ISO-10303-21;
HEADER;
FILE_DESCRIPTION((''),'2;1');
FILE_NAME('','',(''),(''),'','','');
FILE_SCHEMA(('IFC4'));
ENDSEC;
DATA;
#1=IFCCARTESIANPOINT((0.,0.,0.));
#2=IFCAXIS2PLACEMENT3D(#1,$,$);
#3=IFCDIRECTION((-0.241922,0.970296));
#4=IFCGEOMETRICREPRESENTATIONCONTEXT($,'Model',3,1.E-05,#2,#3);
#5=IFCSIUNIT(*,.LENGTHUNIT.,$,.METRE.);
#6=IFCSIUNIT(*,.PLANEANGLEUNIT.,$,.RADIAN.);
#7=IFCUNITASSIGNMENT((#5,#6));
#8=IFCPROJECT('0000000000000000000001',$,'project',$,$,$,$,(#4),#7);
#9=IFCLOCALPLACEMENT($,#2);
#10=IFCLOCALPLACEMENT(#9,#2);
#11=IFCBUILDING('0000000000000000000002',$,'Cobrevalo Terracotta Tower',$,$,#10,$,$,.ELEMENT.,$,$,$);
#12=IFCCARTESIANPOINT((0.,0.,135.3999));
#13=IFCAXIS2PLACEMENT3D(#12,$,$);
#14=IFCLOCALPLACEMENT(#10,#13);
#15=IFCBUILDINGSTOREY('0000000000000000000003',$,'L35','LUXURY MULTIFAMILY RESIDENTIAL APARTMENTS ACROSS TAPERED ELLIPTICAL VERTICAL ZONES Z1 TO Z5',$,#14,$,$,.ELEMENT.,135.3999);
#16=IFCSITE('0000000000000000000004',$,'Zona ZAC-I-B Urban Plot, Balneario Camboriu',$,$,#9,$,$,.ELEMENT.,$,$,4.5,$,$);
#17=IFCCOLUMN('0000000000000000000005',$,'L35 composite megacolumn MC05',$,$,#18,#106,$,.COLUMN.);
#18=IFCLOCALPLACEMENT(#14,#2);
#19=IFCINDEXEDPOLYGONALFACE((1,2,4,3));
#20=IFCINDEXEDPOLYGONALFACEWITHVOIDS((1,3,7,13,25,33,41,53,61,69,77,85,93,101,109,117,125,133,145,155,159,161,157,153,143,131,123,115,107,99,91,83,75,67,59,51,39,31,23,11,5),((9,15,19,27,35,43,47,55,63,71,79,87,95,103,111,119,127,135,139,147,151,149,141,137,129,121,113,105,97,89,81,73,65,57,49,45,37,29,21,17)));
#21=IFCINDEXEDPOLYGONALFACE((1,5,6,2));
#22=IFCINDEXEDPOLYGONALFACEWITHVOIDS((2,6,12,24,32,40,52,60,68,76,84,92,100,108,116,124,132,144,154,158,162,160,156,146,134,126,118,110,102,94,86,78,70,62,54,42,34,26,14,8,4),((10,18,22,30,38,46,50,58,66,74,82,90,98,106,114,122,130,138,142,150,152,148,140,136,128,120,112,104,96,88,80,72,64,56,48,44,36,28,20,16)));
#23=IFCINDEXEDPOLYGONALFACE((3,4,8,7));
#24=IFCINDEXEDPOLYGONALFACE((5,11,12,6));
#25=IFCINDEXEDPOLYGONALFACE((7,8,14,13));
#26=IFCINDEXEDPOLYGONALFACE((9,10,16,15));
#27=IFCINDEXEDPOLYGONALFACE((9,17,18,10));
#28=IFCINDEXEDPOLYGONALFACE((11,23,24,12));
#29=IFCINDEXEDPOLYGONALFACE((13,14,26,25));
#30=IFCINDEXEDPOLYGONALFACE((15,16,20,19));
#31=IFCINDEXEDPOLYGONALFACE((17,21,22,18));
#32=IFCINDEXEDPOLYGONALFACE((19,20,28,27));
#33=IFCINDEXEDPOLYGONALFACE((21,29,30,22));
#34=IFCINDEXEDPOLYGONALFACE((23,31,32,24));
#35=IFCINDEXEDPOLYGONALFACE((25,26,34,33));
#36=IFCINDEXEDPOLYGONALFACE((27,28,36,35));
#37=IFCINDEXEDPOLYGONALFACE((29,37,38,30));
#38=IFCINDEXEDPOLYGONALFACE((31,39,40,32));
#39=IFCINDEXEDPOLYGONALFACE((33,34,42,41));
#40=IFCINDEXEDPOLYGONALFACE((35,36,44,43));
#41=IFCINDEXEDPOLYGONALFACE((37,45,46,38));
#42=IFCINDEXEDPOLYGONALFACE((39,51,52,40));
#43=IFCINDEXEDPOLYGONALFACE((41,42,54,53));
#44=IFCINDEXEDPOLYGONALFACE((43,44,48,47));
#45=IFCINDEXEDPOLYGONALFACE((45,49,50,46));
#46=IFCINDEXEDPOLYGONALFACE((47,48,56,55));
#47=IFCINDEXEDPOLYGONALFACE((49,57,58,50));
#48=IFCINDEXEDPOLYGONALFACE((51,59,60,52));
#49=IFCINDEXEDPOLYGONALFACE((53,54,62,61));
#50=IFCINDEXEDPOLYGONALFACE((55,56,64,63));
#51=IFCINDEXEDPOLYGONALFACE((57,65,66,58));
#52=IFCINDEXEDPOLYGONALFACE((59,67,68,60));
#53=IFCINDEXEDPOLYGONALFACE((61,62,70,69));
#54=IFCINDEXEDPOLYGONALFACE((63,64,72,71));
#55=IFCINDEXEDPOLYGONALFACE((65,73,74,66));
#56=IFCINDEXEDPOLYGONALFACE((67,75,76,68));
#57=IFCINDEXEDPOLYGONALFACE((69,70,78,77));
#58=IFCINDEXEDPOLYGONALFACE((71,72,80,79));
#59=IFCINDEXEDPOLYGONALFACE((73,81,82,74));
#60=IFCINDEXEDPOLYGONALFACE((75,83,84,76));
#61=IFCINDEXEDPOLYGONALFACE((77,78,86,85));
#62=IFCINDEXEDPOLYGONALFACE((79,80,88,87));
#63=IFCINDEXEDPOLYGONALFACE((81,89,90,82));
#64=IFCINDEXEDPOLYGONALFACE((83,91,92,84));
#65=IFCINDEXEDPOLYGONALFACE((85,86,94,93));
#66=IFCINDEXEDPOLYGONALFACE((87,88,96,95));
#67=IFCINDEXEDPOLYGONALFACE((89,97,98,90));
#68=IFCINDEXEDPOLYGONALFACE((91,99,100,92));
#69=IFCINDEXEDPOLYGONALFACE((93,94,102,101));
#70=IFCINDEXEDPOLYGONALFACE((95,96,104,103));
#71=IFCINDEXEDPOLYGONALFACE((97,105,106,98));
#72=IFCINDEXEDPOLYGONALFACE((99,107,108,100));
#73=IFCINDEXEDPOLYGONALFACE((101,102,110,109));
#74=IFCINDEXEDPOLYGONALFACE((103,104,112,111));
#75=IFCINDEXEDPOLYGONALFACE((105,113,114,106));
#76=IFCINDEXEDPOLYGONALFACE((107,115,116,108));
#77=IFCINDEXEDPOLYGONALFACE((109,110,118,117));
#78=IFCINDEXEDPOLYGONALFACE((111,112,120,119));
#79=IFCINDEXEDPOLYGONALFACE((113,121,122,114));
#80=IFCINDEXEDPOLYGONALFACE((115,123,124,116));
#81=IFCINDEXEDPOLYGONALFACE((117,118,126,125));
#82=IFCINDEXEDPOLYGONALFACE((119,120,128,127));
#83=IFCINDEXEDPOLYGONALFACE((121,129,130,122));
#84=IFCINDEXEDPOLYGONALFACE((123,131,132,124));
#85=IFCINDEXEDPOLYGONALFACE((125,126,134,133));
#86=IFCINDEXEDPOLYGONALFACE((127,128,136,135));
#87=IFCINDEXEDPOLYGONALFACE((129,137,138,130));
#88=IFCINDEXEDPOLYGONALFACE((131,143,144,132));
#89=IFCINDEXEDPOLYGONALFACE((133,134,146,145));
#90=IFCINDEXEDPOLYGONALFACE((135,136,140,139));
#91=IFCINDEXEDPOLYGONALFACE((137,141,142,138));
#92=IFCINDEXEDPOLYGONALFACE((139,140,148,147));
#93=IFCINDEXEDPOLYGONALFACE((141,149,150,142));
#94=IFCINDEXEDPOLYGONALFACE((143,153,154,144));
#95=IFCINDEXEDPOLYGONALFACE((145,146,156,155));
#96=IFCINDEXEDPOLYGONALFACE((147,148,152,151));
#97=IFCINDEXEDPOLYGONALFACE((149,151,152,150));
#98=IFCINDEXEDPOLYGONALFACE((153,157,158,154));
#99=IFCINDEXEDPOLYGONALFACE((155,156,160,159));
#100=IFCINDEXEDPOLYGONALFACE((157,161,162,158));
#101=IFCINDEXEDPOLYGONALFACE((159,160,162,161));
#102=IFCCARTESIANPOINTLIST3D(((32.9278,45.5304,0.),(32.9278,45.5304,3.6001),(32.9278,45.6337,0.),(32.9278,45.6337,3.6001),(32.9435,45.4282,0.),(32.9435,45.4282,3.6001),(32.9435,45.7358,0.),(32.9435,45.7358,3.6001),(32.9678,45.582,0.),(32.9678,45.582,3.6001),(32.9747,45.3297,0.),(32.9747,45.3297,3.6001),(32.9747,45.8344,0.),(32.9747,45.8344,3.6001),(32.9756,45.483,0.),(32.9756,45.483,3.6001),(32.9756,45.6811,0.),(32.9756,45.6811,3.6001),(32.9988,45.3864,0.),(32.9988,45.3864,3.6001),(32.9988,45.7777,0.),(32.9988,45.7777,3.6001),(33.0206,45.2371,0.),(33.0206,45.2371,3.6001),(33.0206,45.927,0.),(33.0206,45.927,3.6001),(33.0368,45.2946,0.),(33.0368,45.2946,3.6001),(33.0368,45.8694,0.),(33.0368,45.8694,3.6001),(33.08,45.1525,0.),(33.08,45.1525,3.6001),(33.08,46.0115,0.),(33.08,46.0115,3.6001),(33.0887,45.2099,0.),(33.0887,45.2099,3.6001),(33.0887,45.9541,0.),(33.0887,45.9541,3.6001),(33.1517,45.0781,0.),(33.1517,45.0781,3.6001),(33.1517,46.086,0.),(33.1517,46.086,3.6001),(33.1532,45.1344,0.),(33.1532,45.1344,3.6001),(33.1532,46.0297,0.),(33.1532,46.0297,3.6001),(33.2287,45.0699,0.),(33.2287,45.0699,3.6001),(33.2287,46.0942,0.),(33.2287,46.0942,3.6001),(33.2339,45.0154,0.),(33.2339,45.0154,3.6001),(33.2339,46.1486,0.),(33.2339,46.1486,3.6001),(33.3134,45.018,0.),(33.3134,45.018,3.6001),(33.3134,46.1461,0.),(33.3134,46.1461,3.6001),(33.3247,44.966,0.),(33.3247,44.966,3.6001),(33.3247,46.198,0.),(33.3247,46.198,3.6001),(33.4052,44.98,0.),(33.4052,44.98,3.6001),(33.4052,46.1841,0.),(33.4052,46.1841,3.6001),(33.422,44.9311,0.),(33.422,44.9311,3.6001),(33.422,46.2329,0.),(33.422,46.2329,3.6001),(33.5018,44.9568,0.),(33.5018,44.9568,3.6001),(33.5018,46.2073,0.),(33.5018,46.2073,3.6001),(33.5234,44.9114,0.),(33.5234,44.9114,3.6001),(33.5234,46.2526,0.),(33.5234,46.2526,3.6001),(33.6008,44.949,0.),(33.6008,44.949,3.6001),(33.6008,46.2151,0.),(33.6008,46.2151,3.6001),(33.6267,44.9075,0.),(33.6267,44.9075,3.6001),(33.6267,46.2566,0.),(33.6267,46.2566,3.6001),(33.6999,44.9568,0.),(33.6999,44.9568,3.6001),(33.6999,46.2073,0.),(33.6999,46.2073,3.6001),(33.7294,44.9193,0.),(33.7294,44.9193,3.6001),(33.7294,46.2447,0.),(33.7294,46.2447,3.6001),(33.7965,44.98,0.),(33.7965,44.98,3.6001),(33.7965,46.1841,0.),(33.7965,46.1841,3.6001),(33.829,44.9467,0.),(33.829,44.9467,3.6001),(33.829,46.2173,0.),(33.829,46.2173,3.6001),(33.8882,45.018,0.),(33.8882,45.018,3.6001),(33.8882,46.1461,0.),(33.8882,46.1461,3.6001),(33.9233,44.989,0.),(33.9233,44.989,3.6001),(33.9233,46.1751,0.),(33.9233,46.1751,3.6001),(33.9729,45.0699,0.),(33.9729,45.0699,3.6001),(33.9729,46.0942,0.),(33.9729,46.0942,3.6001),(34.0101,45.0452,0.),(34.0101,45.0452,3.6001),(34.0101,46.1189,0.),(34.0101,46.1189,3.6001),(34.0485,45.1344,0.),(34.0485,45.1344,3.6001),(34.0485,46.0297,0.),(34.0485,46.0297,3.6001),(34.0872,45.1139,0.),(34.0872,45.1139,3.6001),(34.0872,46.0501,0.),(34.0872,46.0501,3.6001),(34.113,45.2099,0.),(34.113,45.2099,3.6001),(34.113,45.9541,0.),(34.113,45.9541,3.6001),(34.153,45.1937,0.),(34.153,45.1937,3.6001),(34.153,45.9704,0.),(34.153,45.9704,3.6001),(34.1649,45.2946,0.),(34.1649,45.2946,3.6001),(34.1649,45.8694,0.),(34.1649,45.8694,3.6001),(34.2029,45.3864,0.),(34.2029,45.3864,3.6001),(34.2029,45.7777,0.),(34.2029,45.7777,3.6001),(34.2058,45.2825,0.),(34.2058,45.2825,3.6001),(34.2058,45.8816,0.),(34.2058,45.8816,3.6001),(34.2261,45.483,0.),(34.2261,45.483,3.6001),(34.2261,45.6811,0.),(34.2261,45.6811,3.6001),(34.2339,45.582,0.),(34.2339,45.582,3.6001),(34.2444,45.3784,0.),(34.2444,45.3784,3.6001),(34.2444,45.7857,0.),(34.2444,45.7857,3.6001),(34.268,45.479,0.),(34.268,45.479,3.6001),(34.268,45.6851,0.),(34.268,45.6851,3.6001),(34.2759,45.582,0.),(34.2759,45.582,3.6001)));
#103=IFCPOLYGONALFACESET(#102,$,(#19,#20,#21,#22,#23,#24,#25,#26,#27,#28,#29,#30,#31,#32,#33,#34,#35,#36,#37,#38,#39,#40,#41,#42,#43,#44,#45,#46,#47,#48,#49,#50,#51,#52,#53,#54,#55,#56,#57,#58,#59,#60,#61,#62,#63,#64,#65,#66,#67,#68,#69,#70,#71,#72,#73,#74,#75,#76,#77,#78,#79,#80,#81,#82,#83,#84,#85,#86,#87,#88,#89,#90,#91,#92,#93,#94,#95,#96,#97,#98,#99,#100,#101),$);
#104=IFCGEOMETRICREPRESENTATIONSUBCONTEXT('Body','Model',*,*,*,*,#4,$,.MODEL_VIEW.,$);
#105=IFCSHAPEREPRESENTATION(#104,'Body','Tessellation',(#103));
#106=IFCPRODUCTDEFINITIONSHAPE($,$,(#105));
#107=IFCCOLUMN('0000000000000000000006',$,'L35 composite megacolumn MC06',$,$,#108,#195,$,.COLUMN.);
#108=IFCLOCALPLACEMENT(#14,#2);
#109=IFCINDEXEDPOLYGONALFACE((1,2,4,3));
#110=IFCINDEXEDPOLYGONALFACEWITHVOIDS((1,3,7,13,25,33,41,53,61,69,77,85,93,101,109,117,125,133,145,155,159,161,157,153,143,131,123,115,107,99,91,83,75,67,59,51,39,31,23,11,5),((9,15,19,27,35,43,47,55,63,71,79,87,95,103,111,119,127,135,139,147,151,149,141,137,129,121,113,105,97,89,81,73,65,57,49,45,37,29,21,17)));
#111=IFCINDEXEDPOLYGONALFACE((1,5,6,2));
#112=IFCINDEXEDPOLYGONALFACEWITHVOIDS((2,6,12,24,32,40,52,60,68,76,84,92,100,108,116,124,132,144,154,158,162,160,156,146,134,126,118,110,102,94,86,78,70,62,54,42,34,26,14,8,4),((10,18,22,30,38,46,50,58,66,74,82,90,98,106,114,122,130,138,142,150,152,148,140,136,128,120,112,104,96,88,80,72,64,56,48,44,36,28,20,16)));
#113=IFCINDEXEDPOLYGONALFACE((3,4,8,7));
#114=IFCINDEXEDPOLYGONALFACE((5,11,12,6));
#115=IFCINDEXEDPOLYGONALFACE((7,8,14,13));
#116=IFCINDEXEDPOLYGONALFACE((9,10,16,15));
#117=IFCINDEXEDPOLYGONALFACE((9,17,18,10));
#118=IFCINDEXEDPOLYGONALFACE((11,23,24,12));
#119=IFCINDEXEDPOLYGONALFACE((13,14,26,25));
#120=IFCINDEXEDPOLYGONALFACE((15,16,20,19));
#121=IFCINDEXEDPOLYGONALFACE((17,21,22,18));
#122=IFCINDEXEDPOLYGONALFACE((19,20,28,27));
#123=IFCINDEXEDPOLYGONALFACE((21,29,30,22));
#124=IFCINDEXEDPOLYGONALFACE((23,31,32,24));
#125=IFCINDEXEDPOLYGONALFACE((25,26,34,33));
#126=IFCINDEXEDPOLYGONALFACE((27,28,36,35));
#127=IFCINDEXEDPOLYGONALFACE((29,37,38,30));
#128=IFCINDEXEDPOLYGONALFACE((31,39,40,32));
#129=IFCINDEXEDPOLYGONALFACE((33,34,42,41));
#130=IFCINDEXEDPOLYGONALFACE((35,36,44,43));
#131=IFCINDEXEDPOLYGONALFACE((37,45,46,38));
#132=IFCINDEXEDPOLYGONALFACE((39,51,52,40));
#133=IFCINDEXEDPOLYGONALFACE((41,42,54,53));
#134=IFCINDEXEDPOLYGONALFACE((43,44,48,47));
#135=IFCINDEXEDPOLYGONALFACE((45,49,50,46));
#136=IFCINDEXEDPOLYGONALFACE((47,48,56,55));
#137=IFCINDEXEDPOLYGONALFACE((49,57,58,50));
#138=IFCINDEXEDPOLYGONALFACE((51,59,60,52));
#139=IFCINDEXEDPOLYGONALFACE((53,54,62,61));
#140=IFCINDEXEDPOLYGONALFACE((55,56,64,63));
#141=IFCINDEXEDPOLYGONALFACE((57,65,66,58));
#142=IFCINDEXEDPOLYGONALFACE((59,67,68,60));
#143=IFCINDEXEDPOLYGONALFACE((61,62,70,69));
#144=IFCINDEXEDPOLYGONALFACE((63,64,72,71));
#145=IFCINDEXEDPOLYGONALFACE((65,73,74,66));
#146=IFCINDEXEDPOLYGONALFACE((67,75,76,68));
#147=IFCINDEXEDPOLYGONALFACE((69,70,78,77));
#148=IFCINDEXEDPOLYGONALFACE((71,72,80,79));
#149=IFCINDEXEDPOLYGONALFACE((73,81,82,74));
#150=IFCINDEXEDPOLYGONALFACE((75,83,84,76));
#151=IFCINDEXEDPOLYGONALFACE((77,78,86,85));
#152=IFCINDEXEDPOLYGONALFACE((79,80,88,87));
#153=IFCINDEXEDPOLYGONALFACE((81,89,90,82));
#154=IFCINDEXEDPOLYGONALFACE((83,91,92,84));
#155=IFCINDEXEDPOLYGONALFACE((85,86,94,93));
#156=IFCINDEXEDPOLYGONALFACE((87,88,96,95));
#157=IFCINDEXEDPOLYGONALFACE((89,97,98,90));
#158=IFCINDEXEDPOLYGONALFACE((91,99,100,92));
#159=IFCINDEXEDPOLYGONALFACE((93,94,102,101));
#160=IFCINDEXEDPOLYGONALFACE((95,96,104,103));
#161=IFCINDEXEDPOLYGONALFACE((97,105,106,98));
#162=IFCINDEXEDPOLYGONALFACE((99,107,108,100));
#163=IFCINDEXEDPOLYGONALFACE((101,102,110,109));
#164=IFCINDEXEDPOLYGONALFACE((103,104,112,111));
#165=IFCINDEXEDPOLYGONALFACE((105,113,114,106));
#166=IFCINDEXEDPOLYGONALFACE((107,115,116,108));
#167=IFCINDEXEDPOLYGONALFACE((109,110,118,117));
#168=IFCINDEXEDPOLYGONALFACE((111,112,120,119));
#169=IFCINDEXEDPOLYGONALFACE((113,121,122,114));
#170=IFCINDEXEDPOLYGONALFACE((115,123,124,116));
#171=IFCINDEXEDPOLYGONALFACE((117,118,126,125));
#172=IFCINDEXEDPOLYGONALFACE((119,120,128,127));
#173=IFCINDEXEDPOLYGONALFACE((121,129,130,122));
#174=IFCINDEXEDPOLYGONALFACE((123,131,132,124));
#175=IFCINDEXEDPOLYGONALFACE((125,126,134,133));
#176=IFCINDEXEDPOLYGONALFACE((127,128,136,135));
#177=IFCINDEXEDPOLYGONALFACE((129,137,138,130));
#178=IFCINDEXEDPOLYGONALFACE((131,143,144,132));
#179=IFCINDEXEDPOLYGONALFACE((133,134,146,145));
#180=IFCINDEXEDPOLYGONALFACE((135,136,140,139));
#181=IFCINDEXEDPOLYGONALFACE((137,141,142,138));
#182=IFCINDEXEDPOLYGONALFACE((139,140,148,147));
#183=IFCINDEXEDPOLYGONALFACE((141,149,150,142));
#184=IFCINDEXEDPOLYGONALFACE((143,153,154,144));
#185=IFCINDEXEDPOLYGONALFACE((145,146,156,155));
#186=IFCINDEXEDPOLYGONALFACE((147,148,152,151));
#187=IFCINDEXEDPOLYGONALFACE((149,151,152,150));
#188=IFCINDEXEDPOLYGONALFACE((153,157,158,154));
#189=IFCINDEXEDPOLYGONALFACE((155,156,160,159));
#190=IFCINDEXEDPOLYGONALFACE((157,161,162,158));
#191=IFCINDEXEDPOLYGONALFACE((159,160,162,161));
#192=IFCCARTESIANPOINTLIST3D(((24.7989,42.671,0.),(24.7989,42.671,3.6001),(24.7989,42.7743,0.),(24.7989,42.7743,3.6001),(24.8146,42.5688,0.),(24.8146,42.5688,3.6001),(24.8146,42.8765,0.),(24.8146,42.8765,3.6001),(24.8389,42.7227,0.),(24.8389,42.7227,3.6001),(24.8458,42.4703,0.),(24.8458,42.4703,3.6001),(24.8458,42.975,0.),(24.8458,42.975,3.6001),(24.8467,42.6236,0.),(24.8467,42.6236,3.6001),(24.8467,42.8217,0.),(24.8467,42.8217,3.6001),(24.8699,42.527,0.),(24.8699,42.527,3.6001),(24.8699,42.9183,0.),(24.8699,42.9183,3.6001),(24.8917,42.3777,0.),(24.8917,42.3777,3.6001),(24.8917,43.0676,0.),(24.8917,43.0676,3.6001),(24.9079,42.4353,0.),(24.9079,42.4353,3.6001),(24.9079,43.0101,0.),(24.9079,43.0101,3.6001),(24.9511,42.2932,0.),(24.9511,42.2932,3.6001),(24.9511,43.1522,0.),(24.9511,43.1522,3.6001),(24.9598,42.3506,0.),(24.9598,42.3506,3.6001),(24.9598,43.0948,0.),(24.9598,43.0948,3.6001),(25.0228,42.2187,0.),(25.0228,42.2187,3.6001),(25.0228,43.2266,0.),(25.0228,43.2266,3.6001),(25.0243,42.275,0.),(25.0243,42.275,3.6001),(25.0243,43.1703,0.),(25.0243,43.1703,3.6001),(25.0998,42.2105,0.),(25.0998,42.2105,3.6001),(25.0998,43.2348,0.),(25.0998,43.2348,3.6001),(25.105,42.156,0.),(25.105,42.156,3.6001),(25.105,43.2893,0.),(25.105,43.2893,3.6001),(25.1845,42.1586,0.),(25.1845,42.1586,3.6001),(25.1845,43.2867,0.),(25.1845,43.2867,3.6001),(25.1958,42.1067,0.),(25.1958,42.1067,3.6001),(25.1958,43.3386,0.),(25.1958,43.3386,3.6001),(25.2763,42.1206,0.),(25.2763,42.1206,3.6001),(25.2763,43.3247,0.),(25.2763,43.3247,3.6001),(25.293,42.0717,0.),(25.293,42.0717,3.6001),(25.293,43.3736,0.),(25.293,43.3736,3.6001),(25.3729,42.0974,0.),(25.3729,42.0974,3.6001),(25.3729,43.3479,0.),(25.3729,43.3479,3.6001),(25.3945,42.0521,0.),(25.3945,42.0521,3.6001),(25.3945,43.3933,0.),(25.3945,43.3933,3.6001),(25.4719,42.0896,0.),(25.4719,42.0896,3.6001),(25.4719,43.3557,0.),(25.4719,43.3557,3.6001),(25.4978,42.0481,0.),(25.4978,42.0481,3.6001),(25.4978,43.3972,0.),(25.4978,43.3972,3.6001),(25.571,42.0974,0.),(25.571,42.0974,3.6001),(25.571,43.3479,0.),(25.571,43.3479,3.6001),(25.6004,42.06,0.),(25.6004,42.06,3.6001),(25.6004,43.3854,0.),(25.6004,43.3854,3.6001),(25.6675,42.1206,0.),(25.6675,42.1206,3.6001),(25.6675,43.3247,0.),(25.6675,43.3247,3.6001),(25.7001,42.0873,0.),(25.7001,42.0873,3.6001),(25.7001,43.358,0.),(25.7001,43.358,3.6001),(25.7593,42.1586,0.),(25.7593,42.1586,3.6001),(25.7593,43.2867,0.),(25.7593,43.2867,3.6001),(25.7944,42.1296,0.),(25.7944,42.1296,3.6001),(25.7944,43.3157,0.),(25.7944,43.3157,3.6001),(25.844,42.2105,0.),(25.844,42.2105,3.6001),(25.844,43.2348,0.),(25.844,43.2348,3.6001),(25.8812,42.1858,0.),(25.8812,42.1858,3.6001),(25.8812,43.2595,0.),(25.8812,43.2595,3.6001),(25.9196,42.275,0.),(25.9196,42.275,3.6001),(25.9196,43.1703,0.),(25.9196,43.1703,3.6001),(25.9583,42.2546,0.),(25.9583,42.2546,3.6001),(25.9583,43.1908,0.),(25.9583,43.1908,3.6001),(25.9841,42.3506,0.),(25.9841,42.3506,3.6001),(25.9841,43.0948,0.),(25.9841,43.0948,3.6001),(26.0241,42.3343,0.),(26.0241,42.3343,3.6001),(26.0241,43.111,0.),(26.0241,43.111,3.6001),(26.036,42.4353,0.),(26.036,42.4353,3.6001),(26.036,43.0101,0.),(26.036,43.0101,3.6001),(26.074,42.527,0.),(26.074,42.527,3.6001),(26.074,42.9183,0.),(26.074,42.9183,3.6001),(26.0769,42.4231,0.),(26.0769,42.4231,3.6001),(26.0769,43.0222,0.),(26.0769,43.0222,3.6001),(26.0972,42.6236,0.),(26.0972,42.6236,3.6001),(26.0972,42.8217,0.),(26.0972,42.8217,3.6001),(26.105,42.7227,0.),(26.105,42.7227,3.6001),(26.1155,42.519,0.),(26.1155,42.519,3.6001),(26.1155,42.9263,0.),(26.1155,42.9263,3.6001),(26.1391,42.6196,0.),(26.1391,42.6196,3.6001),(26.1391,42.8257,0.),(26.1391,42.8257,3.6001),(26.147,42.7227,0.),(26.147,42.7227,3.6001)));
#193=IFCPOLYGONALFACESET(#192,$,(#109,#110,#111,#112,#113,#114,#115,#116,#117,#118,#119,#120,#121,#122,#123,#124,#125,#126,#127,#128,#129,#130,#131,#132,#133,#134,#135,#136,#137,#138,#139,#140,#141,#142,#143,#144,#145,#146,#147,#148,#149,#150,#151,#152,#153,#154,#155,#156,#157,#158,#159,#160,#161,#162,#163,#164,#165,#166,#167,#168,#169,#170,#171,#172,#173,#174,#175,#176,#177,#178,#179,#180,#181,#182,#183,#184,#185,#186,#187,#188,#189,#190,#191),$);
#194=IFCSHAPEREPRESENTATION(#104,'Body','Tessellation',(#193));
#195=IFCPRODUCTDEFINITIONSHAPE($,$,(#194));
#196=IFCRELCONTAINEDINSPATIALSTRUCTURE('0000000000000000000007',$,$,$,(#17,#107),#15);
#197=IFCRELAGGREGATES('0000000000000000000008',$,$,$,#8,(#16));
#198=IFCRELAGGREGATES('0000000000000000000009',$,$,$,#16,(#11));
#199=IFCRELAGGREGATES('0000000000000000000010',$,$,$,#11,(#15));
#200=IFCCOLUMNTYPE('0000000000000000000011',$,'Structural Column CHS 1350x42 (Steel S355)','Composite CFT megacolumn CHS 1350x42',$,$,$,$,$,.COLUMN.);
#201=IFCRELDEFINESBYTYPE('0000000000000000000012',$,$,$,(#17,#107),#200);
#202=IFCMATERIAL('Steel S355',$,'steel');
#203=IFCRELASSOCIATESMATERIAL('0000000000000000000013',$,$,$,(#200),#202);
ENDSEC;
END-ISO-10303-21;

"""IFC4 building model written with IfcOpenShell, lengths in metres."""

from ifc_helpers import new_model, si_unit, direction, frame, origin, origin_2d, place, context, subcontext, project, spatial, hollow_circle, extrude, material, material_profile, profile_set, type_object, element, save


model = new_model("IFC4")

# Units and contexts
model_context = context("Model", 3, precision=1e-05, world=origin(), true_north=direction((-0.241922, 0.970296)))
body_context = subcontext(model_context, "Body", "Model", "MODEL_VIEW")
ifc_project = project(units=[si_unit("LENGTHUNIT", "METRE"), si_unit("PLANEANGLEUNIT", "RADIAN")], contexts=[model_context])

# Site, building, storey
site_placement = place(None, origin())
site = spatial("IfcSite", under=ifc_project, at=site_placement, Name="Zona ZAC-I-B Urban Plot, Balneario Camboriu", CompositionType="ELEMENT", RefElevation=4.5)
building_placement = place(site_placement, origin())
building = spatial("IfcBuilding", under=site, at=building_placement, Name="Cobrevalo Terracotta Tower", CompositionType="ELEMENT")
storey_placement = place(building_placement, frame((0.0, 0.0, 135.3999)))
storey = spatial("IfcBuildingStorey", under=building, at=storey_placement, Name="L35", Description="LUXURY MULTIFAMILY RESIDENTIAL APARTMENTS ACROSS TAPERED ELLIPTICAL VERTICAL ZONES Z1 TO Z5", CompositionType="ELEMENT", Elevation=135.3999)

# Columns
ifc_material_1 = material(Name="Steel S355", Category="steel")
ifc_material_profile_1 = material_profile(ifc_material_1, hollow_circle(Radius=0.675, WallThickness=0.042, at=origin_2d()), Name="CHS 1350x42")
ifc_profile_set_1 = profile_set([ifc_material_profile_1], Name="Steel S355")
column_type_1 = type_object("IfcColumnType", Name="Structural Column CHS 1350x42 (Steel S355)", Description="Composite CFT megacolumn CHS 1350x42", PredefinedType="COLUMN", material=ifc_profile_set_1)
for number, where, z_axis, x_axis, name in (
    (1, (33.6008, 45.582, 0.0), (0.0, 0.0, 1.0), (1.0, 0.0, 0.0), "L35 composite megacolumn MC05"),
    (2, (25.4719, 42.7227, 0.0), (0.0, 0.0, 1.0), (1.0, 0.0, 0.0), "L35 composite megacolumn MC06"),
):
    element("IfcColumn", number, at=place(storey_placement, frame(where, z_axis=z_axis, x_axis=x_axis)), inside=storey, type_object=column_type_1, Name=name, PredefinedType="COLUMN", context=body_context, shape_type="SweptSolid", body=[
        extrude(hollow_circle(Radius=0.675, WallThickness=0.042, at=origin_2d()), origin(), (0.0, 0.0, 1.0), 3.6001),
    ])

save(model, "model.ifc")
